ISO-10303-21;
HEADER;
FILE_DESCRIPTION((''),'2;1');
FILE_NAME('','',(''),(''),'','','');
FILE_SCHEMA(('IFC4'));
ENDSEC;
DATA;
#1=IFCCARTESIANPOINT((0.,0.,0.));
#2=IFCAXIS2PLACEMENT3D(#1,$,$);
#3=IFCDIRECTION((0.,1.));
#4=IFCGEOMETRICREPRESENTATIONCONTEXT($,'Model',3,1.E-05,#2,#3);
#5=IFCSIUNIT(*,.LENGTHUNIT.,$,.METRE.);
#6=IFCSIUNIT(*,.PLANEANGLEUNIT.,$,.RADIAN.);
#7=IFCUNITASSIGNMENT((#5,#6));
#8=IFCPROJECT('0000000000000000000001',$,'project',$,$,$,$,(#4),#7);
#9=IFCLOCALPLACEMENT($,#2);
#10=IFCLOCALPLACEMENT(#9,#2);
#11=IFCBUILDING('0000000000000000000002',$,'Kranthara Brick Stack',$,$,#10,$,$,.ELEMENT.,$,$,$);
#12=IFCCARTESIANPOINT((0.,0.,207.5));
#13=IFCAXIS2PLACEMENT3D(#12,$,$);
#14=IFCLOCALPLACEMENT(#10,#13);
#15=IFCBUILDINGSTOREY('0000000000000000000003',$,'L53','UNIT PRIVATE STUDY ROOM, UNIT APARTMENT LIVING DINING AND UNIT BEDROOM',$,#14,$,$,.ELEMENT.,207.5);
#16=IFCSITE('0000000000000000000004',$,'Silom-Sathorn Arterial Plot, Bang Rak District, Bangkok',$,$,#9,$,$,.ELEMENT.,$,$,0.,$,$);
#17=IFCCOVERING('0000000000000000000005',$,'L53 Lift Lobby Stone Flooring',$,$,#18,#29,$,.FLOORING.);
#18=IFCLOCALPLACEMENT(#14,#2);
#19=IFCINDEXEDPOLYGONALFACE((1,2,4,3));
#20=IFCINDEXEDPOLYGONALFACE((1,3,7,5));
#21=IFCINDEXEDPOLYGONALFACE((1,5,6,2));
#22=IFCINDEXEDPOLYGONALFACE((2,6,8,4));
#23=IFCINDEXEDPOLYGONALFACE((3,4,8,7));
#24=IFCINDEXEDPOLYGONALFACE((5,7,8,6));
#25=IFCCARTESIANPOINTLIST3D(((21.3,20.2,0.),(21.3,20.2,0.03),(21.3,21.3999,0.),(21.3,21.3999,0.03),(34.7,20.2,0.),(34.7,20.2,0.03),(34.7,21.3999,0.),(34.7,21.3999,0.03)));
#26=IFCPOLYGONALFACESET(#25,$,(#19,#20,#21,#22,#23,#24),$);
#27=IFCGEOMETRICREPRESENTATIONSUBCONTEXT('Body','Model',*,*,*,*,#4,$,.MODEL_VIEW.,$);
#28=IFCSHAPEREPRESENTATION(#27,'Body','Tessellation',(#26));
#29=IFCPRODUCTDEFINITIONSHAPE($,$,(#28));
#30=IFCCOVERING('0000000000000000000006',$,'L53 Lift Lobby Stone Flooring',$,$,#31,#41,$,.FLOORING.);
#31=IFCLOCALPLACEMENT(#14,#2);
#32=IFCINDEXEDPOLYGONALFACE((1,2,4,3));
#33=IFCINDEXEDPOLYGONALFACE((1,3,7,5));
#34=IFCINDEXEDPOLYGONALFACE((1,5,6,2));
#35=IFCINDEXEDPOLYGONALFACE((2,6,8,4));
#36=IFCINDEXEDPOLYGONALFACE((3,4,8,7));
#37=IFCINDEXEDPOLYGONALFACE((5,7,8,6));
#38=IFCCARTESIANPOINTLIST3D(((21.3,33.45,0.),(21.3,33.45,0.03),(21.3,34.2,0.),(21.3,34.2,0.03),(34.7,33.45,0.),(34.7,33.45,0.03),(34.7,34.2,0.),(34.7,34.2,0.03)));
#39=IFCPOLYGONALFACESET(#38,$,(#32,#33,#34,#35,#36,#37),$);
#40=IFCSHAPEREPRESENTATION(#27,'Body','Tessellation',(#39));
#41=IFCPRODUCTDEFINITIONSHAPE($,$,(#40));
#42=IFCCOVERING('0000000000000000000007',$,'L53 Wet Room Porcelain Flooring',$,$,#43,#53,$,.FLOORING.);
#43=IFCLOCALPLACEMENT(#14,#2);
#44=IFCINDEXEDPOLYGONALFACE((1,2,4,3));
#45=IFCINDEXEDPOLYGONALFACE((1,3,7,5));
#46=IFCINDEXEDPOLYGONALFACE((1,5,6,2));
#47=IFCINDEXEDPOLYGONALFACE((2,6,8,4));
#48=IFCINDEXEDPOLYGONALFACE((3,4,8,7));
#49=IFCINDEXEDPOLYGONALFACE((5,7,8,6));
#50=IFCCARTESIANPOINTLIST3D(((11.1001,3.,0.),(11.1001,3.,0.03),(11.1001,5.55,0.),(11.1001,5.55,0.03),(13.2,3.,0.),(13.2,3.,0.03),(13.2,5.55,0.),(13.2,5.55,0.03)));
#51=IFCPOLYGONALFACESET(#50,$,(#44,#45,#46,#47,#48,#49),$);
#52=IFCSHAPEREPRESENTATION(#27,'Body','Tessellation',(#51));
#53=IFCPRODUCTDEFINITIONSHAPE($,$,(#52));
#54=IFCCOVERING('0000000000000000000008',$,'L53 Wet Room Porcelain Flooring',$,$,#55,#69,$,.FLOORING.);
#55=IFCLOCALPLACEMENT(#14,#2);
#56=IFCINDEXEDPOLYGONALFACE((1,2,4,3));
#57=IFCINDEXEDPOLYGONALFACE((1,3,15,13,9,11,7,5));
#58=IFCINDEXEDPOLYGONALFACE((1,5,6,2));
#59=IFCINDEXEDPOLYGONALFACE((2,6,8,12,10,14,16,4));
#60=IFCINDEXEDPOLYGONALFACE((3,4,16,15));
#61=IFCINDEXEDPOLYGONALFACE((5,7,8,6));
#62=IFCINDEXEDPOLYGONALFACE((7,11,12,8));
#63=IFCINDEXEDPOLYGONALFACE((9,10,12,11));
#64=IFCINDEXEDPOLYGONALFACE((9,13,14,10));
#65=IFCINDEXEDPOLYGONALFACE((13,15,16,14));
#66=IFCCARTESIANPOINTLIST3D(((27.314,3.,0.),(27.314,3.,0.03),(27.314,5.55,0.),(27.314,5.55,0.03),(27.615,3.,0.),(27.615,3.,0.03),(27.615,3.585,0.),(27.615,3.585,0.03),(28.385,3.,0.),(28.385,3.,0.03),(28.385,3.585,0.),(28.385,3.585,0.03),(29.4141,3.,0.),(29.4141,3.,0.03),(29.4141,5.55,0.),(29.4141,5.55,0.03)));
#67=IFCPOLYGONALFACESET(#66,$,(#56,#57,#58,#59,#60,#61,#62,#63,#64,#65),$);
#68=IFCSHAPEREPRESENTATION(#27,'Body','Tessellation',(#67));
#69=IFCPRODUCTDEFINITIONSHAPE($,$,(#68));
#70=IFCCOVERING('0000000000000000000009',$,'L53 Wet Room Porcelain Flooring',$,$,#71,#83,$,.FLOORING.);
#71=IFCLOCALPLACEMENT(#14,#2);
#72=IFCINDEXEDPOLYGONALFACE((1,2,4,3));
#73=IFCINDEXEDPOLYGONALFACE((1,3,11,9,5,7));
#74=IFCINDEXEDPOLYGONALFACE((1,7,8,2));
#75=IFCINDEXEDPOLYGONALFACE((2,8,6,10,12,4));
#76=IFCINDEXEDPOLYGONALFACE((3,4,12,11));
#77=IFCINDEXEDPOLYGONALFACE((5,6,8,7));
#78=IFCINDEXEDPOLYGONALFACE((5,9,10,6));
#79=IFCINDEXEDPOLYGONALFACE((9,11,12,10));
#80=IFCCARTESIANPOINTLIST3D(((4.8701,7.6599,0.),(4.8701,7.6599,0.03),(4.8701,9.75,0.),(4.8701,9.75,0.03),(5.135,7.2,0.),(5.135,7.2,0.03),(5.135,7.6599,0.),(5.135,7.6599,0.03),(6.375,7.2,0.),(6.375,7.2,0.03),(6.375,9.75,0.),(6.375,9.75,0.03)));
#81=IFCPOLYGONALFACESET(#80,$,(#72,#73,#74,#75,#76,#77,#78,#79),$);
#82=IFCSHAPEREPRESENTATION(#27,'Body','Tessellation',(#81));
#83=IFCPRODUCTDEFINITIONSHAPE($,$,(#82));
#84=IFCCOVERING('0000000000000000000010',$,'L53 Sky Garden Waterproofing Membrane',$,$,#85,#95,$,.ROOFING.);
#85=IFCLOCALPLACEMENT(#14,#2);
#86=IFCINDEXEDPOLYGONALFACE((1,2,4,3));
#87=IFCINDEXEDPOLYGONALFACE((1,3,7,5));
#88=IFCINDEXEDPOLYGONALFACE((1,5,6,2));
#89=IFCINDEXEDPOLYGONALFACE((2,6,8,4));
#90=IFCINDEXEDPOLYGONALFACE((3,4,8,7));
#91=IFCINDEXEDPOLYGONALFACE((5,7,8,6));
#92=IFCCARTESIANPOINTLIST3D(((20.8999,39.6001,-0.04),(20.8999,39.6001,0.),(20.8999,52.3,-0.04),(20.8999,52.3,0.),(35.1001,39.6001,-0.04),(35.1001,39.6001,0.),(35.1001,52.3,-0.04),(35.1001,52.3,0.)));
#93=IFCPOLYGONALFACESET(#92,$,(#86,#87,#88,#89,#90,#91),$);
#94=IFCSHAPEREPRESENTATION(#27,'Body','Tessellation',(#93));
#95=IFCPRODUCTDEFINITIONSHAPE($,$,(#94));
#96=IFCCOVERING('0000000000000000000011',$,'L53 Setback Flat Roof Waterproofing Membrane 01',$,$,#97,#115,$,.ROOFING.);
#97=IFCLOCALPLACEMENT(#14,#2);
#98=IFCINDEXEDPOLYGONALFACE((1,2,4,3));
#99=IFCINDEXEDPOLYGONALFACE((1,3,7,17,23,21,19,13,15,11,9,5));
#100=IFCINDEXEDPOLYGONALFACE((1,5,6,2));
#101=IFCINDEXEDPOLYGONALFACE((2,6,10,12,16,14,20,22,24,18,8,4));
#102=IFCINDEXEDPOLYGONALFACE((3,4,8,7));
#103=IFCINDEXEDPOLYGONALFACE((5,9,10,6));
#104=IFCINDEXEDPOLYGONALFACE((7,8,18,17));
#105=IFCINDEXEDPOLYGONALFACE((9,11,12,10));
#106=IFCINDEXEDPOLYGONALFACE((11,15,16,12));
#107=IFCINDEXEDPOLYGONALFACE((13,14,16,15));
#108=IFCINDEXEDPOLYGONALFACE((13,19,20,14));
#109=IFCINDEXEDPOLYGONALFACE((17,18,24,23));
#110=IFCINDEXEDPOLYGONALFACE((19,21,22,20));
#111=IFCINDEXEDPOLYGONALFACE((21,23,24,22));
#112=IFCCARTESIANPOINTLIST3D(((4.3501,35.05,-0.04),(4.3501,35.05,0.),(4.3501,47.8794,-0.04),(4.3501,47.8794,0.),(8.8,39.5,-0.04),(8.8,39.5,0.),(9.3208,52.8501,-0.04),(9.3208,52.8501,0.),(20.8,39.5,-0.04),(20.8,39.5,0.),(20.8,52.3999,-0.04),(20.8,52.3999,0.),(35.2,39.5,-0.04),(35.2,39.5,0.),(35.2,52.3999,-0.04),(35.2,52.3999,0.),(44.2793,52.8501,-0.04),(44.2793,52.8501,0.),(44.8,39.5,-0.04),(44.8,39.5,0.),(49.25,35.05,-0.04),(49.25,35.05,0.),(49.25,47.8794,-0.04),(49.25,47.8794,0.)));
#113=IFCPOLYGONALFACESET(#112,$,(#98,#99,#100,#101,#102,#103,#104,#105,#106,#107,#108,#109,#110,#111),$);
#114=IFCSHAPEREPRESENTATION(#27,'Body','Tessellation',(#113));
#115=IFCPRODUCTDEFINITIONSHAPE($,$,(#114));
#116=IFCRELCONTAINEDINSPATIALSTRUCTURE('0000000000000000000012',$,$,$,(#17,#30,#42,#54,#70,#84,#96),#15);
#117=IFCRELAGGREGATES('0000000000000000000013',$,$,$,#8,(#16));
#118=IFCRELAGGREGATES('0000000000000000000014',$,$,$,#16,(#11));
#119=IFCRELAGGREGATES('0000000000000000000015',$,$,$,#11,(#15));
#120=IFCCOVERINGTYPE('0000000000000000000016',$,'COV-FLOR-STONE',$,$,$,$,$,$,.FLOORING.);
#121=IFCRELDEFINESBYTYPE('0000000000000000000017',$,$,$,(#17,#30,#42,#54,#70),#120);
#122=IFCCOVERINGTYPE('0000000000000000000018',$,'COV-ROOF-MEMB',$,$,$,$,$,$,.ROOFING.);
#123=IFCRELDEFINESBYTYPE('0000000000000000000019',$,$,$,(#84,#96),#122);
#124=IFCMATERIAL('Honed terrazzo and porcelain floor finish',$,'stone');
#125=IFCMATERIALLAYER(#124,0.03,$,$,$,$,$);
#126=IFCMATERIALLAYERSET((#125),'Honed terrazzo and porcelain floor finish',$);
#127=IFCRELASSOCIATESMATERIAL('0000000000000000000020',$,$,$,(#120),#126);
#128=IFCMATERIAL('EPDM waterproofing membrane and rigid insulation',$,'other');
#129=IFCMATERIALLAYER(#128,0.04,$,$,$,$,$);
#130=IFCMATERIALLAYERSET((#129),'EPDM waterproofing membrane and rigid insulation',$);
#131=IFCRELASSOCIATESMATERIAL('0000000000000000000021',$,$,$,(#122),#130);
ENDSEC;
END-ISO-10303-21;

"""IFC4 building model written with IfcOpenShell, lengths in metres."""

from ifc_helpers import new_model, si_unit, direction, frame, origin, place, context, subcontext, project, spatial, polyline, outline, extrude, material, layer, layer_set, type_object, element, save


model = new_model("IFC4")

# Units and contexts
model_context = context("Model", 3, precision=1e-05, world=origin(), true_north=direction((0.0, 1.0)))
body_context = subcontext(model_context, "Body", "Model", "MODEL_VIEW")
ifc_project = project(units=[si_unit("LENGTHUNIT", "METRE"), si_unit("PLANEANGLEUNIT", "RADIAN")], contexts=[model_context])

# Site, building, storey
site_placement = place(None, origin())
site = spatial("IfcSite", under=ifc_project, at=site_placement, Name="Silom-Sathorn Arterial Plot, Bang Rak District, Bangkok", CompositionType="ELEMENT", RefElevation=0.0)
building_placement = place(site_placement, origin())
building = spatial("IfcBuilding", under=site, at=building_placement, Name="Kranthara Brick Stack", CompositionType="ELEMENT")
storey_placement = place(building_placement, frame((0.0, 0.0, 207.5)))
storey = spatial("IfcBuildingStorey", under=building, at=storey_placement, Name="L53", Description="UNIT PRIVATE STUDY ROOM, UNIT APARTMENT LIVING DINING AND UNIT BEDROOM", CompositionType="ELEMENT", Elevation=207.5)

# Coverings
ifc_material_1 = material(Name="Honed terrazzo and porcelain floor finish", Category="stone")
ifc_layer_1 = layer(ifc_material_1, 0.03)
ifc_layer_set_1 = layer_set([ifc_layer_1], Name="Honed terrazzo and porcelain floor finish")
covering_type_1 = type_object("IfcCoveringType", Name="COV-FLOR-STONE", PredefinedType="FLOORING", material=ifc_layer_set_1)
covering_1_placement = place(storey_placement, origin())
element("IfcCovering", 1, at=covering_1_placement, inside=storey, type_object=covering_type_1, Name="L53 Lift Lobby Stone Flooring", PredefinedType="FLOORING", context=body_context, shape_type="SweptSolid", body=[
    extrude(outline(polyline([(34.7, 20.2), (21.3, 20.2), (21.3, 21.3999), (34.7, 21.3999), (34.7, 20.2)])), origin(), (0.0, 0.0, 1.0), 0.03),
])
covering_2_placement = place(storey_placement, origin())
element("IfcCovering", 2, at=covering_2_placement, inside=storey, type_object=covering_type_1, Name="L53 Lift Lobby Stone Flooring", PredefinedType="FLOORING", context=body_context, shape_type="SweptSolid", body=[
    extrude(outline(polyline([(34.7, 33.45), (21.3, 33.45), (21.3, 34.2), (34.7, 34.2), (34.7, 33.45)])), origin(), (0.0, 0.0, 1.0), 0.03),
])
covering_3_placement = place(storey_placement, origin())
element("IfcCovering", 3, at=covering_3_placement, inside=storey, type_object=covering_type_1, Name="L53 Wet Room Porcelain Flooring", PredefinedType="FLOORING", context=body_context, shape_type="SweptSolid", body=[
    extrude(outline(polyline([(13.2, 3.0), (13.2, 5.55), (11.1001, 5.55), (11.1001, 3.0), (13.2, 3.0)])), origin(), (0.0, 0.0, 1.0), 0.03),
])
covering_4_placement = place(storey_placement, origin())
element("IfcCovering", 4, at=covering_4_placement, inside=storey, type_object=covering_type_1, Name="L53 Wet Room Porcelain Flooring", PredefinedType="FLOORING", context=body_context, shape_type="SweptSolid", body=[
    extrude(outline(polyline([(27.314, 3.0), (27.314, 5.55), (29.4141, 5.55), (29.4141, 3.0), (28.385, 3.0), (28.385, 3.585), (27.615, 3.585), (27.615, 3.0), (27.314, 3.0)])), origin(), (0.0, 0.0, 1.0), 0.03),
])
covering_5_placement = place(storey_placement, origin())
element("IfcCovering", 5, at=covering_5_placement, inside=storey, type_object=covering_type_1, Name="L53 Wet Room Porcelain Flooring", PredefinedType="FLOORING", context=body_context, shape_type="SweptSolid", body=[
    extrude(outline(polyline([(4.8701, 9.75), (6.375, 9.75), (6.375, 7.2), (5.135, 7.2), (5.135, 7.6599), (4.8701, 7.6599), (4.8701, 9.75)])), origin(), (0.0, 0.0, 1.0), 0.03),
])
ifc_material_2 = material(Name="EPDM waterproofing membrane and rigid insulation", Category="other")
ifc_layer_2 = layer(ifc_material_2, 0.04)
ifc_layer_set_2 = layer_set([ifc_layer_2], Name="EPDM waterproofing membrane and rigid insulation")
covering_type_2 = type_object("IfcCoveringType", Name="COV-ROOF-MEMB", PredefinedType="ROOFING", material=ifc_layer_set_2)
covering_6_placement = place(storey_placement, frame((0.0, 0.0, -0.04)))
element("IfcCovering", 6, at=covering_6_placement, inside=storey, type_object=covering_type_2, Name="L53 Sky Garden Waterproofing Membrane", PredefinedType="ROOFING", context=body_context, shape_type="SweptSolid", body=[
    extrude(outline(polyline([(20.8999, 39.6001), (35.1001, 39.6001), (35.1001, 52.3), (20.8999, 52.3), (20.8999, 39.6001)])), origin(), (0.0, 0.0, 1.0), 0.04),
])
covering_7_placement = place(storey_placement, frame((0.0, 0.0, -0.04)))
element("IfcCovering", 7, at=covering_7_placement, inside=storey, type_object=covering_type_2, Name="L53 Setback Flat Roof Waterproofing Membrane 01", PredefinedType="ROOFING", context=body_context, shape_type="SweptSolid", body=[
    extrude(outline(polyline([(4.3501, 47.8794), (9.3208, 52.8501), (44.2793, 52.8501), (49.25, 47.8794), (49.25, 35.05), (44.8, 39.5), (35.2, 39.5), (35.2, 52.3999), (20.8, 52.3999), (20.8, 39.5), (8.8, 39.5), (4.3501, 35.05), (4.3501, 47.8794)])), origin(), (0.0, 0.0, 1.0), 0.04),
])

save(model, "model.ifc")
